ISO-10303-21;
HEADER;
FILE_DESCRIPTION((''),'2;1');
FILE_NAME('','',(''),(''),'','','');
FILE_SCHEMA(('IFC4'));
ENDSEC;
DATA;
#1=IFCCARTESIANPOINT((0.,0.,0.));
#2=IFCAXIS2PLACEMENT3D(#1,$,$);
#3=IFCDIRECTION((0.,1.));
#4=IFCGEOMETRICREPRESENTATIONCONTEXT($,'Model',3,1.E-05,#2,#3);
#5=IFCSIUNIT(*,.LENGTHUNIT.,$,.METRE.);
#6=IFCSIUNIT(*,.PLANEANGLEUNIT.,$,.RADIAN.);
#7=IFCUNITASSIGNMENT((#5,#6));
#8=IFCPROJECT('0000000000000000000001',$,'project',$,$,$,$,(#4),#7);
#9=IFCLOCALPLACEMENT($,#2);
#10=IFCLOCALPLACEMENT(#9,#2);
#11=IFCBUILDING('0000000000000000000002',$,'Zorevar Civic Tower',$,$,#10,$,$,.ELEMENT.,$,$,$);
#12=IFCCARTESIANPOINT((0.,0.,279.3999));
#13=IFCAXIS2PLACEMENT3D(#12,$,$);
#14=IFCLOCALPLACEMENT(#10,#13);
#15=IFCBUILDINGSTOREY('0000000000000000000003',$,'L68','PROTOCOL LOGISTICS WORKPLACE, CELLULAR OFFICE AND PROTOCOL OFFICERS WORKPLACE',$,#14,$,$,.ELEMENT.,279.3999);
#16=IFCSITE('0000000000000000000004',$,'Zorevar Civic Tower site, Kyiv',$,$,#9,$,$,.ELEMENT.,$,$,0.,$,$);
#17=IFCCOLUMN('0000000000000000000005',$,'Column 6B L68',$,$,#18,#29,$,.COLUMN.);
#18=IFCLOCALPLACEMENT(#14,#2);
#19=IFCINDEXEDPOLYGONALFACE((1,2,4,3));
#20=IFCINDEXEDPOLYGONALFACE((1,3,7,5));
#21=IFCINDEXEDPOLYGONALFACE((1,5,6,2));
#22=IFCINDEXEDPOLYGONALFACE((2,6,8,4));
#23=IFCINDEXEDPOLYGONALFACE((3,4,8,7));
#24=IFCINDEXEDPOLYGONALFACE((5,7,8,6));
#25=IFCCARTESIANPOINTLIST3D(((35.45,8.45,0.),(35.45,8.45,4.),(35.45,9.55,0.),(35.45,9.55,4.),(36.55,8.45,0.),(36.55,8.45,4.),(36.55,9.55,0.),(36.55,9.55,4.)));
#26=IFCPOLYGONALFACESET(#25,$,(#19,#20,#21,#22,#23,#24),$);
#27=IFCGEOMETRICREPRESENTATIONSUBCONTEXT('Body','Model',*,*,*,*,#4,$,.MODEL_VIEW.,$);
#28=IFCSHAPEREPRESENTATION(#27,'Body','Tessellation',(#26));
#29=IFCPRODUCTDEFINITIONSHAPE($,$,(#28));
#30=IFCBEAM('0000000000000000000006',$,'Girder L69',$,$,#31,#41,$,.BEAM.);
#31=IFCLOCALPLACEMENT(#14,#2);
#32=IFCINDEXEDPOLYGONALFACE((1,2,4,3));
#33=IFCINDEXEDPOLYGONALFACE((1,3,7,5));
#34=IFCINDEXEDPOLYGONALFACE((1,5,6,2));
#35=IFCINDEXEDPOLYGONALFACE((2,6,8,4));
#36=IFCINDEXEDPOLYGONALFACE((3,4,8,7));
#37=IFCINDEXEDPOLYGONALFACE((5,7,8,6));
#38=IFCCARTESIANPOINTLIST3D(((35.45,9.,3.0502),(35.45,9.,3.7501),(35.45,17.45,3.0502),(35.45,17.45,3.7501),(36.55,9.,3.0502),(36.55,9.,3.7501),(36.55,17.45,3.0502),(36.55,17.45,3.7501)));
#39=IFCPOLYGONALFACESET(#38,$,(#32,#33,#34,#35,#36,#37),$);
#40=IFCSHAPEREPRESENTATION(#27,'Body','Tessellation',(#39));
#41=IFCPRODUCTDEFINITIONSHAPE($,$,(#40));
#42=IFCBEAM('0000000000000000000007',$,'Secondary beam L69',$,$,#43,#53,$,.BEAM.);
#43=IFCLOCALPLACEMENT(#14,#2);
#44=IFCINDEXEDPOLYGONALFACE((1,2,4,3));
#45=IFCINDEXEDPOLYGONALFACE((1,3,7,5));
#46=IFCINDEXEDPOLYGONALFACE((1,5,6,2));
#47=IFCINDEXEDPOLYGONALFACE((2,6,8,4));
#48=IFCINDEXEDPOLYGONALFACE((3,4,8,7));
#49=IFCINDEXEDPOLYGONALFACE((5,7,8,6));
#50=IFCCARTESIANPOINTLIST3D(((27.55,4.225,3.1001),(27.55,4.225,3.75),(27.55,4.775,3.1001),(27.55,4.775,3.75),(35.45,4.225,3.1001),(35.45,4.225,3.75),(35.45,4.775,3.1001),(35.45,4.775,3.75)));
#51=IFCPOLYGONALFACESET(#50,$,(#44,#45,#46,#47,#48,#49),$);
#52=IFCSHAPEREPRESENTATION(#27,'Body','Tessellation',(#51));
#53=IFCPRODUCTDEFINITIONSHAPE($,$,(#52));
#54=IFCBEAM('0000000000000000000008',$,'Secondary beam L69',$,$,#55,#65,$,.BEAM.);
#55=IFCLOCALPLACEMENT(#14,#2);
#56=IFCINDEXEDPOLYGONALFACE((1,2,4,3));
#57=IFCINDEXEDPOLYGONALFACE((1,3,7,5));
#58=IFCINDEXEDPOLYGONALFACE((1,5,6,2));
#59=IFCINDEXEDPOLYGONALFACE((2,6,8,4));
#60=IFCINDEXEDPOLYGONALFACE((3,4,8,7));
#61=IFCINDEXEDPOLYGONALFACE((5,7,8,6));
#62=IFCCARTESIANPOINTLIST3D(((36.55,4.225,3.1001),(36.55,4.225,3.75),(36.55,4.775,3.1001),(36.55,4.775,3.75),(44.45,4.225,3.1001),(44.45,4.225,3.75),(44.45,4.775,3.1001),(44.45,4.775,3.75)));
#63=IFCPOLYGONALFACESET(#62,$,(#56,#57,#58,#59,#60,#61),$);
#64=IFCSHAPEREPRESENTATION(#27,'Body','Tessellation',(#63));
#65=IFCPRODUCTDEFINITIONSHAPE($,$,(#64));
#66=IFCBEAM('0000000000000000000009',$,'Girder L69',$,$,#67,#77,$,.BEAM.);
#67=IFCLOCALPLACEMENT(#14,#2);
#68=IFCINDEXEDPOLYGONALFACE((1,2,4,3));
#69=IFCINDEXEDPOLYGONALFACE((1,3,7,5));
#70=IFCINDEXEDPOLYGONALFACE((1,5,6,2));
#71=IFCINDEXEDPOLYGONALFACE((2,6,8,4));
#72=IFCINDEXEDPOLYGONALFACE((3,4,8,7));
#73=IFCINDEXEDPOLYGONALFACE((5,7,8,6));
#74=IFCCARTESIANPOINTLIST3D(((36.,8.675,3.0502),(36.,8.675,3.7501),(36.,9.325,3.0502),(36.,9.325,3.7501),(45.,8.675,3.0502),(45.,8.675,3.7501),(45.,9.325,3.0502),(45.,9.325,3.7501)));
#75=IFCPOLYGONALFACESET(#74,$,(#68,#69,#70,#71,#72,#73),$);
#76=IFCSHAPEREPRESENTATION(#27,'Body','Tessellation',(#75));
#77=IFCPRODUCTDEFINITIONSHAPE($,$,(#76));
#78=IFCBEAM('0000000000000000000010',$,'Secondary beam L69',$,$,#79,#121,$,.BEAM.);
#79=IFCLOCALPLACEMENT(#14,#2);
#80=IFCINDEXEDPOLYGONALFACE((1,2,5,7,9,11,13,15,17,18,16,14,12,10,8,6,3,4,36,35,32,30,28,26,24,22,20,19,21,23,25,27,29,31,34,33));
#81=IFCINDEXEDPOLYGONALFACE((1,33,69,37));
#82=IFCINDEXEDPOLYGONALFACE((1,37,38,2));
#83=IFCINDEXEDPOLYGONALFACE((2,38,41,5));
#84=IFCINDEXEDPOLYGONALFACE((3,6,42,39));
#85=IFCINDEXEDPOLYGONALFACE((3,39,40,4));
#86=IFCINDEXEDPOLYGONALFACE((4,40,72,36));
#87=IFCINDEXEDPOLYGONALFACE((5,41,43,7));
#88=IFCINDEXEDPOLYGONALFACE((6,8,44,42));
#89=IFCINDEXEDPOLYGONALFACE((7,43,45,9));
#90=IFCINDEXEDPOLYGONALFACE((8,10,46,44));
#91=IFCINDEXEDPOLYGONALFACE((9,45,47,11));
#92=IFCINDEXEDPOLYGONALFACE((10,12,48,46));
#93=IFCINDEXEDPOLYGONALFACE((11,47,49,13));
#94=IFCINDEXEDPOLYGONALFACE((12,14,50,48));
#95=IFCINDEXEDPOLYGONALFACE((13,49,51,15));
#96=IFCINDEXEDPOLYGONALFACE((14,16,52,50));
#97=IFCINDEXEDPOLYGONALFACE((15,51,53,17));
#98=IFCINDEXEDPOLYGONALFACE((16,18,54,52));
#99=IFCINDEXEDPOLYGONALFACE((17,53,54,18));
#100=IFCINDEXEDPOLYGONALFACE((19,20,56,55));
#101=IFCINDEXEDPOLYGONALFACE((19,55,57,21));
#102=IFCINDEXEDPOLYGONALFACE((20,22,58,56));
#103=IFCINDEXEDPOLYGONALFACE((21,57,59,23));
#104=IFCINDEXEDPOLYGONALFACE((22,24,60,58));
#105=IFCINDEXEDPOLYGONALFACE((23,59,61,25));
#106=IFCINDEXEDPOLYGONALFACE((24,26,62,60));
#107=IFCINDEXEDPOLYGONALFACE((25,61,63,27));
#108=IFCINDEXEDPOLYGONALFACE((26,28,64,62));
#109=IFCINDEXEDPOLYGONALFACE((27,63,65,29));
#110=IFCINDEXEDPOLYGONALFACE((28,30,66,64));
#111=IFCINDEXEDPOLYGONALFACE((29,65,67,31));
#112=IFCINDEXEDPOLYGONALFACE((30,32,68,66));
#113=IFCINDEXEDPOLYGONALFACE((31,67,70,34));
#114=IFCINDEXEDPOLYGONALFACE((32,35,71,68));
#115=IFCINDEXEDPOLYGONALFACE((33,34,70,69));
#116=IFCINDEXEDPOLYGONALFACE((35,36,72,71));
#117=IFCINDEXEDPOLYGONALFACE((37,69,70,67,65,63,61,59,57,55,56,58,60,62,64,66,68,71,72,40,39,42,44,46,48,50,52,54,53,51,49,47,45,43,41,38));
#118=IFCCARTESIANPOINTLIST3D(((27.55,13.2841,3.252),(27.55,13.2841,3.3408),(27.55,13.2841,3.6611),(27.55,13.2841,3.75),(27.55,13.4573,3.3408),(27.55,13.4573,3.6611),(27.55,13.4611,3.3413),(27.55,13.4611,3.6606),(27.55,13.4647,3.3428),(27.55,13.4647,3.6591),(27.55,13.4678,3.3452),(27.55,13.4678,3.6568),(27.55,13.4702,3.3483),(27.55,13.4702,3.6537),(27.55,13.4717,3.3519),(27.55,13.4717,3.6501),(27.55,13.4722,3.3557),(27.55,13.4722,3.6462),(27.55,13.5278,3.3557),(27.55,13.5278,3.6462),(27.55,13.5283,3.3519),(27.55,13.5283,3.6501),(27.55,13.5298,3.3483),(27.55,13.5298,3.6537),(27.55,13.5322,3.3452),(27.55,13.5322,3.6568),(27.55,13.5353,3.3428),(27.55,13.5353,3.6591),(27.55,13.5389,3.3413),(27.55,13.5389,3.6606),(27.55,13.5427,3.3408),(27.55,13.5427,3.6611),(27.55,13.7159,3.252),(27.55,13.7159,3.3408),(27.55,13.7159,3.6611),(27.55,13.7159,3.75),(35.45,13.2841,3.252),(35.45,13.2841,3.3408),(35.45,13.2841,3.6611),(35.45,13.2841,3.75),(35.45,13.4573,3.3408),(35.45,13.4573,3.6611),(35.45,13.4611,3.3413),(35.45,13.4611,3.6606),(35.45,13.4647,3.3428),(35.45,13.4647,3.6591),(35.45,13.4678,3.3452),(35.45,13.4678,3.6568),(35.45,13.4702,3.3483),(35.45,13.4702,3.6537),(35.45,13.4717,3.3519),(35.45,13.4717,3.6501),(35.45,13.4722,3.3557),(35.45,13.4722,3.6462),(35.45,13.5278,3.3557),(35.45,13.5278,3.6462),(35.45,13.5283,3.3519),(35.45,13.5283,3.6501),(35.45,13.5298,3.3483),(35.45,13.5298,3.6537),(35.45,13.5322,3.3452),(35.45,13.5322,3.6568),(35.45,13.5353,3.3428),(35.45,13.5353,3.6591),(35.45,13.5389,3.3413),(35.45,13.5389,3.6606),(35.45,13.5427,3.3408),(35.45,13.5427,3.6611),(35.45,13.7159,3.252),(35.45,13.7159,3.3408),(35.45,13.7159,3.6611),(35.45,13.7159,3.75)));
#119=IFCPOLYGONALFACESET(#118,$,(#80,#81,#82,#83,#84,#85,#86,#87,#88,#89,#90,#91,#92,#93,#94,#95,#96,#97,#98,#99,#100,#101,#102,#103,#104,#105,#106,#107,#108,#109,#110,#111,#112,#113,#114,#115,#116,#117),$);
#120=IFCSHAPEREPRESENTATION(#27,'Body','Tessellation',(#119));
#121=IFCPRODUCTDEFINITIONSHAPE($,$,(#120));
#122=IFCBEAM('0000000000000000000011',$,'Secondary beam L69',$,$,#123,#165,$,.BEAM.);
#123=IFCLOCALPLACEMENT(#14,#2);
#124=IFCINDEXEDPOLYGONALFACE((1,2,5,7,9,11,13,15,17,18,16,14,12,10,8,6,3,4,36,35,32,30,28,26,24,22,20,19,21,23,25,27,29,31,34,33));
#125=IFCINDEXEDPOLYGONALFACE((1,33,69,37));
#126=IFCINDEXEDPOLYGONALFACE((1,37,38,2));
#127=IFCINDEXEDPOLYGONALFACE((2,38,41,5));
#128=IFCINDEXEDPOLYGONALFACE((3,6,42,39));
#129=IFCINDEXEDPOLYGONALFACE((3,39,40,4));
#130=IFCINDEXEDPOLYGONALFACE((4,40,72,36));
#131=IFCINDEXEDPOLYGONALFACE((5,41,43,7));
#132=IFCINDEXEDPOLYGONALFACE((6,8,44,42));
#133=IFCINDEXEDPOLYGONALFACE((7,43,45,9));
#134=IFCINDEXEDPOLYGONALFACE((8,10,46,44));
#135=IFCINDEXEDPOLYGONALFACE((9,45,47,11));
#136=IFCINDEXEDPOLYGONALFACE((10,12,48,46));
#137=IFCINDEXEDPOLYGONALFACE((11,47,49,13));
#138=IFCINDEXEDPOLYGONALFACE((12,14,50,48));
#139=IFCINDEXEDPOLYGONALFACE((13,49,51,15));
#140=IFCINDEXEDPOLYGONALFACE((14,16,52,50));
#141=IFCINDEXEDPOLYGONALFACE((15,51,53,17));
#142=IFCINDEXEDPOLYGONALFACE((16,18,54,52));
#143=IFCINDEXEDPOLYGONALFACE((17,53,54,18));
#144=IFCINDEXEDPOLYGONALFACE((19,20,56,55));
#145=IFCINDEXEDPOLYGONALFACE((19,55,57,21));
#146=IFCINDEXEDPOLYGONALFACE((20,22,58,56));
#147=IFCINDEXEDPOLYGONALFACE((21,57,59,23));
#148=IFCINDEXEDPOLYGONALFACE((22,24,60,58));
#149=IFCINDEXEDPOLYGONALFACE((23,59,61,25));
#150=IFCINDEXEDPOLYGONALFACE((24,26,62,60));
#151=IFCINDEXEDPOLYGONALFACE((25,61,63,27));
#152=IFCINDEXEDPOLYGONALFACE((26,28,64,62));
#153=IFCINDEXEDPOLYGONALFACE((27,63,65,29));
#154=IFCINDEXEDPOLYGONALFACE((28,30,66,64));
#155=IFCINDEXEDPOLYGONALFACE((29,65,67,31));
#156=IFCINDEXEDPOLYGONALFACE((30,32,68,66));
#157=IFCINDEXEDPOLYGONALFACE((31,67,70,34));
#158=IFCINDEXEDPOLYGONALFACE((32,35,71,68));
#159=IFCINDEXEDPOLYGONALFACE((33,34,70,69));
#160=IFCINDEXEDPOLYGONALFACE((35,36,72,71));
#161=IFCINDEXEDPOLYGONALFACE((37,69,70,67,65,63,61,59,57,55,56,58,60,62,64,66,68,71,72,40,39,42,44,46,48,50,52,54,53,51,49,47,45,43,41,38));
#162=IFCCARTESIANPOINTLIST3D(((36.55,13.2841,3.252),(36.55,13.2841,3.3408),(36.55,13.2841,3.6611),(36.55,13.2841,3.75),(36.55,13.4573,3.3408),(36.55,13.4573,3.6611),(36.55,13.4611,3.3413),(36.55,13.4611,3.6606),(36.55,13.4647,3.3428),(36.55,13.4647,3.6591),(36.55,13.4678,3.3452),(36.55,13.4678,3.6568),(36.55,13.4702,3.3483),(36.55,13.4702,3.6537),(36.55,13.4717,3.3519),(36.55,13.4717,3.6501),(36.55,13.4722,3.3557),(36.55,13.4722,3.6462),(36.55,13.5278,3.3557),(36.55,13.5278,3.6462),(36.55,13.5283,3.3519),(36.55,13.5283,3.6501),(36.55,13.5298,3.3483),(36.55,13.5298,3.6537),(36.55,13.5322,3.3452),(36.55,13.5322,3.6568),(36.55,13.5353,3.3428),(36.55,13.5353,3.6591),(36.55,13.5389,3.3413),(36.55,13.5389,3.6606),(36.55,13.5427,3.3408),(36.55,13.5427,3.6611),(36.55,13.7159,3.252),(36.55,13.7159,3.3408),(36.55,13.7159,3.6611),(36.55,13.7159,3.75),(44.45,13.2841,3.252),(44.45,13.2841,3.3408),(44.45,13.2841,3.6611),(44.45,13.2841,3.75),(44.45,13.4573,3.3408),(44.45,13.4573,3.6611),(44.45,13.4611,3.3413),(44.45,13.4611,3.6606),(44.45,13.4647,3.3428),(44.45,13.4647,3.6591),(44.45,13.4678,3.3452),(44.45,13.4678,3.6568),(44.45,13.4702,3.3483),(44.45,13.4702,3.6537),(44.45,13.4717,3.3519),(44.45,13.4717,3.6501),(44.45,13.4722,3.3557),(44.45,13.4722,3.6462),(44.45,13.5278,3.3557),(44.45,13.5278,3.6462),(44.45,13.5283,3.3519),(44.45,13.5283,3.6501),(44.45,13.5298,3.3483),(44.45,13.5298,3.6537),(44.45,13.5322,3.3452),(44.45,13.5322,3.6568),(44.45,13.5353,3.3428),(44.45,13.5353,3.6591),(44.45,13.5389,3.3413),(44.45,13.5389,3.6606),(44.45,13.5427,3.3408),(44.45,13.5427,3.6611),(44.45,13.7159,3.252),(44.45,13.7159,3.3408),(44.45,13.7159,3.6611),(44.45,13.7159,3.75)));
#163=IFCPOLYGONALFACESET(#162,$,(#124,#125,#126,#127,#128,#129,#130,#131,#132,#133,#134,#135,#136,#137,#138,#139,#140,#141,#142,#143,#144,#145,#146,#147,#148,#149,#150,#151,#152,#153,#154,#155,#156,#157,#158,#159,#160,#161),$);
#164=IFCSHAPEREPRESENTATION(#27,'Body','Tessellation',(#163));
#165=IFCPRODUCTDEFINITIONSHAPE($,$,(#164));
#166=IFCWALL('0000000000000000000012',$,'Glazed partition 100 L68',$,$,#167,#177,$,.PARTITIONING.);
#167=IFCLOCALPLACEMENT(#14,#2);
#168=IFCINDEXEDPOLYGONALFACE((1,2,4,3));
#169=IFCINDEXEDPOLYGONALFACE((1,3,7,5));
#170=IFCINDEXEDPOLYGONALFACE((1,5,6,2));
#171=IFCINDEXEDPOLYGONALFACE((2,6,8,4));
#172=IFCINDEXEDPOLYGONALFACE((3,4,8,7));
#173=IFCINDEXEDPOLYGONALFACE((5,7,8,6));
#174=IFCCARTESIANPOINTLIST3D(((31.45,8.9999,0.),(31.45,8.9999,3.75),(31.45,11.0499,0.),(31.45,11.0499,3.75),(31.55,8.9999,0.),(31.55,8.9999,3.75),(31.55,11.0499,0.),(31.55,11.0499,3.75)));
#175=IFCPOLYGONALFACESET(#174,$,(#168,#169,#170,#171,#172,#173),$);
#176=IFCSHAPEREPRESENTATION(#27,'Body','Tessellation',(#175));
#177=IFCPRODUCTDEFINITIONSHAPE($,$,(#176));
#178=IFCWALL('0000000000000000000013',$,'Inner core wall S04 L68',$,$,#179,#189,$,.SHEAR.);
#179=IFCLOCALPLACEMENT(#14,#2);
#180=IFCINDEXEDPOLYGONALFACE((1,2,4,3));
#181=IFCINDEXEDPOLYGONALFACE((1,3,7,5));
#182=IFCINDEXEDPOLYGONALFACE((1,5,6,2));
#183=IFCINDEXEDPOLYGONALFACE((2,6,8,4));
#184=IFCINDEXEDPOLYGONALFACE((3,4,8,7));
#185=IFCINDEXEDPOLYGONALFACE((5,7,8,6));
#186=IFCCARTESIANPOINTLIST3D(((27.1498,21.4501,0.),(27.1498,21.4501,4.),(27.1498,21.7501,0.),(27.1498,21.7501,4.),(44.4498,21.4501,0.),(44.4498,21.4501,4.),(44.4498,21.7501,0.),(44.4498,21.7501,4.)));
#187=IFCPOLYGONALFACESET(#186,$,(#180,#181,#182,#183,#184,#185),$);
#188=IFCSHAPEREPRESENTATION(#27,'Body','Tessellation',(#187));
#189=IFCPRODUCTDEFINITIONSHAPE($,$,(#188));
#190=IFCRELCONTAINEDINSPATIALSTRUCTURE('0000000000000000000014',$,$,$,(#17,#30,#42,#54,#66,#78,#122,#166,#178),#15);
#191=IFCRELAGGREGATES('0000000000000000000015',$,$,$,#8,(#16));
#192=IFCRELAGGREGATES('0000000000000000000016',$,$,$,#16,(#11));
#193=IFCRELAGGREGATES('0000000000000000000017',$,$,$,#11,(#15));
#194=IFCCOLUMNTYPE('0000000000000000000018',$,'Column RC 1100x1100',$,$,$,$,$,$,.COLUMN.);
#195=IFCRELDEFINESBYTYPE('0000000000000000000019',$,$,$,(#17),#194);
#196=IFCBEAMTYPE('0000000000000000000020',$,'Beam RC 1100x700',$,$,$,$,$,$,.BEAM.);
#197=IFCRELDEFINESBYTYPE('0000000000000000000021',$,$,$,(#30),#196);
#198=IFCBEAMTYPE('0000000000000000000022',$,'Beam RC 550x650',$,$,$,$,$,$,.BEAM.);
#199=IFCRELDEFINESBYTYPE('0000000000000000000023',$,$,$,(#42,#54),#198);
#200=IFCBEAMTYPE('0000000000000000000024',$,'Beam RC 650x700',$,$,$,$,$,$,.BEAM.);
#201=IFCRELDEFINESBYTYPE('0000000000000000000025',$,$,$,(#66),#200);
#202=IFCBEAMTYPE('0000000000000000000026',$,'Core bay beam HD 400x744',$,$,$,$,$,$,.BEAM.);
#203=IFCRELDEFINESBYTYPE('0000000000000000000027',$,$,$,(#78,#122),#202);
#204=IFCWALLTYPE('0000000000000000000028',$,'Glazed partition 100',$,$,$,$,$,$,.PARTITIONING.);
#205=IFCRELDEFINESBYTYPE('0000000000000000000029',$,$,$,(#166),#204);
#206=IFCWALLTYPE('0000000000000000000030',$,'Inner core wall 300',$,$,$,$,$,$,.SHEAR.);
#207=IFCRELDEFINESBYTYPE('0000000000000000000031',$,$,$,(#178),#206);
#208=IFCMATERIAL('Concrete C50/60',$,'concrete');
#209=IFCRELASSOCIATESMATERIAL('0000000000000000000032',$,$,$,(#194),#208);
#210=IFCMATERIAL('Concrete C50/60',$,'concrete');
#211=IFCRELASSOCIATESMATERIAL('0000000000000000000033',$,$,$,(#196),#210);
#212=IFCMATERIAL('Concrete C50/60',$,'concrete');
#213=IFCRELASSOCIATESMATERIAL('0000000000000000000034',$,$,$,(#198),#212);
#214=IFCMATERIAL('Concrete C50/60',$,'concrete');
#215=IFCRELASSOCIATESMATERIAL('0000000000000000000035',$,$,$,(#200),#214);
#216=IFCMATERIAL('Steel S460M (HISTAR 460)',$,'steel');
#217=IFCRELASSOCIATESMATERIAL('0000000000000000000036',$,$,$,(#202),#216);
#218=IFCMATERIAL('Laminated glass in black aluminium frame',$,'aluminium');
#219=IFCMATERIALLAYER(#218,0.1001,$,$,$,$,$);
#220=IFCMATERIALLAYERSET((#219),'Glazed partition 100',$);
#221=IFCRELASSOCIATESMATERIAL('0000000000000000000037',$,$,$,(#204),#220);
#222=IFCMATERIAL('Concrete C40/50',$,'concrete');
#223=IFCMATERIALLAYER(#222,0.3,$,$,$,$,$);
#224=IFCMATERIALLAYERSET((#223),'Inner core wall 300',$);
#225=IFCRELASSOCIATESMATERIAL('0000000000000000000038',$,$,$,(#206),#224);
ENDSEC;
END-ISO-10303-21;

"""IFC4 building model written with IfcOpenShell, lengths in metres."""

from ifc_helpers import new_model, si_unit, direction, frame, frame_2d, origin, origin_2d, place, context, subcontext, project, spatial, rectangle, i_section, extrude, material, layer, layer_set, material_profile, profile_set, type_object, element, save


model = new_model("IFC4")

# Units and contexts
model_context = context("Model", 3, precision=1e-05, world=origin(), true_north=direction((0.0, 1.0)))
body_context = subcontext(model_context, "Body", "Model", "MODEL_VIEW")
ifc_project = project(units=[si_unit("LENGTHUNIT", "METRE"), si_unit("PLANEANGLEUNIT", "RADIAN")], contexts=[model_context])

# Site, building, storey
site_placement = place(None, origin())
site = spatial("IfcSite", under=ifc_project, at=site_placement, Name="Zorevar Civic Tower site, Kyiv", CompositionType="ELEMENT", RefElevation=0.0)
building_placement = place(site_placement, origin())
building = spatial("IfcBuilding", under=site, at=building_placement, Name="Zorevar Civic Tower", CompositionType="ELEMENT")
storey_placement = place(building_placement, frame((0.0, 0.0, 279.3999)))
storey = spatial("IfcBuildingStorey", under=building, at=storey_placement, Name="L68", Description="PROTOCOL LOGISTICS WORKPLACE, CELLULAR OFFICE AND PROTOCOL OFFICERS WORKPLACE", CompositionType="ELEMENT", Elevation=279.3999)

# Column
ifc_material_1 = material(Name="Concrete C50/60", Category="concrete")
ifc_material_profile_1 = material_profile(ifc_material_1, rectangle(XDim=1.1001, YDim=1.1001, at=origin_2d()), Name="RC 1100x1100")
ifc_profile_set_1 = profile_set([ifc_material_profile_1], Name="Concrete C50/60")
column_type = type_object("IfcColumnType", Name="Column RC 1100x1100", PredefinedType="COLUMN", material=ifc_profile_set_1)
column_placement = place(storey_placement, frame((36.0, 9.0, 0.0), z_axis=(0.0, 0.0, 1.0), x_axis=(1.0, 0.0, 0.0)))
element("IfcColumn", 1, at=column_placement, inside=storey, type_object=column_type, Name="Column 6B L68", PredefinedType="COLUMN", context=body_context, shape_type="SweptSolid", body=[
    extrude(rectangle(XDim=1.1001, YDim=1.1001, at=origin_2d()), origin(), (0.0, 0.0, 1.0), 4.0),
])

# Beams
ifc_material_2 = material(Name="Concrete C50/60", Category="concrete")
ifc_material_profile_2 = material_profile(ifc_material_2, rectangle(XDim=1.1001, YDim=0.7, at=origin_2d()), Name="RC 1100x700")
ifc_profile_set_2 = profile_set([ifc_material_profile_2], Name="Concrete C50/60")
beam_type_1 = type_object("IfcBeamType", Name="Beam RC 1100x700", PredefinedType="BEAM", material=ifc_profile_set_2)
beam_1_placement = place(storey_placement, frame((36.0, 9.0, 3.4001), z_axis=(0.0, 1.0, 0.0), x_axis=(-1.0, 0.0, 0.0)))
element("IfcBeam", 2, at=beam_1_placement, inside=storey, type_object=beam_type_1, Name="Girder L69", PredefinedType="BEAM", context=body_context, shape_type="SweptSolid", body=[
    extrude(rectangle(XDim=1.1001, YDim=0.7, at=origin_2d()), origin(), (0.0, 0.0, 1.0), 8.45),
])
ifc_material_3 = material(Name="Concrete C50/60", Category="concrete")
ifc_material_profile_3 = material_profile(ifc_material_3, rectangle(XDim=0.55, YDim=0.6499, at=origin_2d()), Name="RC 550x650")
ifc_profile_set_3 = profile_set([ifc_material_profile_3], Name="Concrete C50/60")
beam_type_2 = type_object("IfcBeamType", Name="Beam RC 550x650", PredefinedType="BEAM", material=ifc_profile_set_3)
for number, where, z_axis, x_axis, name in (
    (3, (27.55, 4.5, 3.425), (1.0, 0.0, 0.0), (0.0, 1.0, 0.0), "Secondary beam L69"),
    (4, (36.55, 4.5, 3.425), (1.0, 0.0, 0.0), (0.0, 1.0, 0.0), "Secondary beam L69"),
):
    element("IfcBeam", number, at=place(storey_placement, frame(where, z_axis=z_axis, x_axis=x_axis)), inside=storey, type_object=beam_type_2, Name=name, PredefinedType="BEAM", context=body_context, shape_type="SweptSolid", body=[
        extrude(rectangle(XDim=0.55, YDim=0.6499, at=origin_2d()), origin(), (0.0, 0.0, 1.0), 7.8999),
    ])
ifc_material_4 = material(Name="Concrete C50/60", Category="concrete")
ifc_material_profile_4 = material_profile(ifc_material_4, rectangle(XDim=0.6499, YDim=0.7, at=origin_2d()), Name="RC 650x700")
ifc_profile_set_4 = profile_set([ifc_material_profile_4], Name="Concrete C50/60")
beam_type_3 = type_object("IfcBeamType", Name="Beam RC 650x700", PredefinedType="BEAM", material=ifc_profile_set_4)
beam_2_placement = place(storey_placement, frame((36.0, 9.0, 3.4001), z_axis=(1.0, 0.0, 0.0), x_axis=(0.0, 1.0, 0.0)))
element("IfcBeam", 5, at=beam_2_placement, inside=storey, type_object=beam_type_3, Name="Girder L69", PredefinedType="BEAM", context=body_context, shape_type="SweptSolid", body=[
    extrude(rectangle(XDim=0.6499, YDim=0.7, at=origin_2d()), origin(), (0.0, 0.0, 1.0), 9.0),
])
ifc_material_5 = material(Name="Steel S460M (HISTAR 460)", Category="steel")
ifc_material_profile_5 = material_profile(ifc_material_5, i_section(OverallWidth=0.4319, OverallDepth=0.498, WebThickness=0.0557, FlangeThickness=0.0889, FilletRadius=0.0149, at=origin_2d()), Name="HD 400x744")
ifc_profile_set_5 = profile_set([ifc_material_profile_5], Name="Steel S460M (HISTAR 460)")
beam_type_4 = type_object("IfcBeamType", Name="Core bay beam HD 400x744", PredefinedType="BEAM", material=ifc_profile_set_5)
for number, where, z_axis, x_axis, name in (
    (6, (27.55, 13.5, 3.501), (1.0, 0.0, 0.0), (0.0, 1.0, 0.0), "Secondary beam L69"),
    (7, (36.55, 13.5, 3.501), (1.0, 0.0, 0.0), (0.0, 1.0, 0.0), "Secondary beam L69"),
):
    element("IfcBeam", number, at=place(storey_placement, frame(where, z_axis=z_axis, x_axis=x_axis)), inside=storey, type_object=beam_type_4, Name=name, PredefinedType="BEAM", context=body_context, shape_type="SweptSolid", body=[
        extrude(i_section(OverallWidth=0.4319, OverallDepth=0.498, WebThickness=0.0557, FlangeThickness=0.0889, FilletRadius=0.0149, at=origin_2d()), origin(), (0.0, 0.0, 1.0), 7.8999),
    ])

# Walls
ifc_material_6 = material(Name="Laminated glass in black aluminium frame", Category="aluminium")
ifc_layer_1 = layer(ifc_material_6, 0.1001)
ifc_layer_set_1 = layer_set([ifc_layer_1], Name="Glazed partition 100")
wall_type_1 = type_object("IfcWallType", Name="Glazed partition 100", PredefinedType="PARTITIONING", material=ifc_layer_set_1)
wall_1_placement = place(storey_placement, frame((31.5, 9.0, 0.0), z_axis=(0.0, 0.0, 1.0), x_axis=(0.0, 1.0, 0.0)))
element("IfcWall", 8, at=wall_1_placement, inside=storey, type_object=wall_type_1, Name="Glazed partition 100 L68", PredefinedType="PARTITIONING", context=body_context, shape_type="SweptSolid", body=[
    extrude(rectangle(XDim=2.05, YDim=0.1001, at=frame_2d((1.0249, 0.0))), origin(), (0.0, 0.0, 1.0), 3.75),
])
ifc_material_7 = material(Name="Concrete C40/50", Category="concrete")
ifc_layer_2 = layer(ifc_material_7, 0.3)
ifc_layer_set_2 = layer_set([ifc_layer_2], Name="Inner core wall 300")
wall_type_2 = type_object("IfcWallType", Name="Inner core wall 300", PredefinedType="SHEAR", material=ifc_layer_set_2)
wall_2_placement = place(storey_placement, frame((27.1499, 21.6001, 0.0), z_axis=(0.0, 0.0, 1.0), x_axis=(1.0, 0.0, 0.0)))
element("IfcWall", 9, at=wall_2_placement, inside=storey, type_object=wall_type_2, Name="Inner core wall S04 L68", PredefinedType="SHEAR", context=body_context, shape_type="SweptSolid", body=[
    extrude(rectangle(XDim=17.3, YDim=0.3, at=frame_2d((8.6499, 0.0))), origin(), (0.0, 0.0, 1.0), 4.0),
])

save(model, "model.ifc")
